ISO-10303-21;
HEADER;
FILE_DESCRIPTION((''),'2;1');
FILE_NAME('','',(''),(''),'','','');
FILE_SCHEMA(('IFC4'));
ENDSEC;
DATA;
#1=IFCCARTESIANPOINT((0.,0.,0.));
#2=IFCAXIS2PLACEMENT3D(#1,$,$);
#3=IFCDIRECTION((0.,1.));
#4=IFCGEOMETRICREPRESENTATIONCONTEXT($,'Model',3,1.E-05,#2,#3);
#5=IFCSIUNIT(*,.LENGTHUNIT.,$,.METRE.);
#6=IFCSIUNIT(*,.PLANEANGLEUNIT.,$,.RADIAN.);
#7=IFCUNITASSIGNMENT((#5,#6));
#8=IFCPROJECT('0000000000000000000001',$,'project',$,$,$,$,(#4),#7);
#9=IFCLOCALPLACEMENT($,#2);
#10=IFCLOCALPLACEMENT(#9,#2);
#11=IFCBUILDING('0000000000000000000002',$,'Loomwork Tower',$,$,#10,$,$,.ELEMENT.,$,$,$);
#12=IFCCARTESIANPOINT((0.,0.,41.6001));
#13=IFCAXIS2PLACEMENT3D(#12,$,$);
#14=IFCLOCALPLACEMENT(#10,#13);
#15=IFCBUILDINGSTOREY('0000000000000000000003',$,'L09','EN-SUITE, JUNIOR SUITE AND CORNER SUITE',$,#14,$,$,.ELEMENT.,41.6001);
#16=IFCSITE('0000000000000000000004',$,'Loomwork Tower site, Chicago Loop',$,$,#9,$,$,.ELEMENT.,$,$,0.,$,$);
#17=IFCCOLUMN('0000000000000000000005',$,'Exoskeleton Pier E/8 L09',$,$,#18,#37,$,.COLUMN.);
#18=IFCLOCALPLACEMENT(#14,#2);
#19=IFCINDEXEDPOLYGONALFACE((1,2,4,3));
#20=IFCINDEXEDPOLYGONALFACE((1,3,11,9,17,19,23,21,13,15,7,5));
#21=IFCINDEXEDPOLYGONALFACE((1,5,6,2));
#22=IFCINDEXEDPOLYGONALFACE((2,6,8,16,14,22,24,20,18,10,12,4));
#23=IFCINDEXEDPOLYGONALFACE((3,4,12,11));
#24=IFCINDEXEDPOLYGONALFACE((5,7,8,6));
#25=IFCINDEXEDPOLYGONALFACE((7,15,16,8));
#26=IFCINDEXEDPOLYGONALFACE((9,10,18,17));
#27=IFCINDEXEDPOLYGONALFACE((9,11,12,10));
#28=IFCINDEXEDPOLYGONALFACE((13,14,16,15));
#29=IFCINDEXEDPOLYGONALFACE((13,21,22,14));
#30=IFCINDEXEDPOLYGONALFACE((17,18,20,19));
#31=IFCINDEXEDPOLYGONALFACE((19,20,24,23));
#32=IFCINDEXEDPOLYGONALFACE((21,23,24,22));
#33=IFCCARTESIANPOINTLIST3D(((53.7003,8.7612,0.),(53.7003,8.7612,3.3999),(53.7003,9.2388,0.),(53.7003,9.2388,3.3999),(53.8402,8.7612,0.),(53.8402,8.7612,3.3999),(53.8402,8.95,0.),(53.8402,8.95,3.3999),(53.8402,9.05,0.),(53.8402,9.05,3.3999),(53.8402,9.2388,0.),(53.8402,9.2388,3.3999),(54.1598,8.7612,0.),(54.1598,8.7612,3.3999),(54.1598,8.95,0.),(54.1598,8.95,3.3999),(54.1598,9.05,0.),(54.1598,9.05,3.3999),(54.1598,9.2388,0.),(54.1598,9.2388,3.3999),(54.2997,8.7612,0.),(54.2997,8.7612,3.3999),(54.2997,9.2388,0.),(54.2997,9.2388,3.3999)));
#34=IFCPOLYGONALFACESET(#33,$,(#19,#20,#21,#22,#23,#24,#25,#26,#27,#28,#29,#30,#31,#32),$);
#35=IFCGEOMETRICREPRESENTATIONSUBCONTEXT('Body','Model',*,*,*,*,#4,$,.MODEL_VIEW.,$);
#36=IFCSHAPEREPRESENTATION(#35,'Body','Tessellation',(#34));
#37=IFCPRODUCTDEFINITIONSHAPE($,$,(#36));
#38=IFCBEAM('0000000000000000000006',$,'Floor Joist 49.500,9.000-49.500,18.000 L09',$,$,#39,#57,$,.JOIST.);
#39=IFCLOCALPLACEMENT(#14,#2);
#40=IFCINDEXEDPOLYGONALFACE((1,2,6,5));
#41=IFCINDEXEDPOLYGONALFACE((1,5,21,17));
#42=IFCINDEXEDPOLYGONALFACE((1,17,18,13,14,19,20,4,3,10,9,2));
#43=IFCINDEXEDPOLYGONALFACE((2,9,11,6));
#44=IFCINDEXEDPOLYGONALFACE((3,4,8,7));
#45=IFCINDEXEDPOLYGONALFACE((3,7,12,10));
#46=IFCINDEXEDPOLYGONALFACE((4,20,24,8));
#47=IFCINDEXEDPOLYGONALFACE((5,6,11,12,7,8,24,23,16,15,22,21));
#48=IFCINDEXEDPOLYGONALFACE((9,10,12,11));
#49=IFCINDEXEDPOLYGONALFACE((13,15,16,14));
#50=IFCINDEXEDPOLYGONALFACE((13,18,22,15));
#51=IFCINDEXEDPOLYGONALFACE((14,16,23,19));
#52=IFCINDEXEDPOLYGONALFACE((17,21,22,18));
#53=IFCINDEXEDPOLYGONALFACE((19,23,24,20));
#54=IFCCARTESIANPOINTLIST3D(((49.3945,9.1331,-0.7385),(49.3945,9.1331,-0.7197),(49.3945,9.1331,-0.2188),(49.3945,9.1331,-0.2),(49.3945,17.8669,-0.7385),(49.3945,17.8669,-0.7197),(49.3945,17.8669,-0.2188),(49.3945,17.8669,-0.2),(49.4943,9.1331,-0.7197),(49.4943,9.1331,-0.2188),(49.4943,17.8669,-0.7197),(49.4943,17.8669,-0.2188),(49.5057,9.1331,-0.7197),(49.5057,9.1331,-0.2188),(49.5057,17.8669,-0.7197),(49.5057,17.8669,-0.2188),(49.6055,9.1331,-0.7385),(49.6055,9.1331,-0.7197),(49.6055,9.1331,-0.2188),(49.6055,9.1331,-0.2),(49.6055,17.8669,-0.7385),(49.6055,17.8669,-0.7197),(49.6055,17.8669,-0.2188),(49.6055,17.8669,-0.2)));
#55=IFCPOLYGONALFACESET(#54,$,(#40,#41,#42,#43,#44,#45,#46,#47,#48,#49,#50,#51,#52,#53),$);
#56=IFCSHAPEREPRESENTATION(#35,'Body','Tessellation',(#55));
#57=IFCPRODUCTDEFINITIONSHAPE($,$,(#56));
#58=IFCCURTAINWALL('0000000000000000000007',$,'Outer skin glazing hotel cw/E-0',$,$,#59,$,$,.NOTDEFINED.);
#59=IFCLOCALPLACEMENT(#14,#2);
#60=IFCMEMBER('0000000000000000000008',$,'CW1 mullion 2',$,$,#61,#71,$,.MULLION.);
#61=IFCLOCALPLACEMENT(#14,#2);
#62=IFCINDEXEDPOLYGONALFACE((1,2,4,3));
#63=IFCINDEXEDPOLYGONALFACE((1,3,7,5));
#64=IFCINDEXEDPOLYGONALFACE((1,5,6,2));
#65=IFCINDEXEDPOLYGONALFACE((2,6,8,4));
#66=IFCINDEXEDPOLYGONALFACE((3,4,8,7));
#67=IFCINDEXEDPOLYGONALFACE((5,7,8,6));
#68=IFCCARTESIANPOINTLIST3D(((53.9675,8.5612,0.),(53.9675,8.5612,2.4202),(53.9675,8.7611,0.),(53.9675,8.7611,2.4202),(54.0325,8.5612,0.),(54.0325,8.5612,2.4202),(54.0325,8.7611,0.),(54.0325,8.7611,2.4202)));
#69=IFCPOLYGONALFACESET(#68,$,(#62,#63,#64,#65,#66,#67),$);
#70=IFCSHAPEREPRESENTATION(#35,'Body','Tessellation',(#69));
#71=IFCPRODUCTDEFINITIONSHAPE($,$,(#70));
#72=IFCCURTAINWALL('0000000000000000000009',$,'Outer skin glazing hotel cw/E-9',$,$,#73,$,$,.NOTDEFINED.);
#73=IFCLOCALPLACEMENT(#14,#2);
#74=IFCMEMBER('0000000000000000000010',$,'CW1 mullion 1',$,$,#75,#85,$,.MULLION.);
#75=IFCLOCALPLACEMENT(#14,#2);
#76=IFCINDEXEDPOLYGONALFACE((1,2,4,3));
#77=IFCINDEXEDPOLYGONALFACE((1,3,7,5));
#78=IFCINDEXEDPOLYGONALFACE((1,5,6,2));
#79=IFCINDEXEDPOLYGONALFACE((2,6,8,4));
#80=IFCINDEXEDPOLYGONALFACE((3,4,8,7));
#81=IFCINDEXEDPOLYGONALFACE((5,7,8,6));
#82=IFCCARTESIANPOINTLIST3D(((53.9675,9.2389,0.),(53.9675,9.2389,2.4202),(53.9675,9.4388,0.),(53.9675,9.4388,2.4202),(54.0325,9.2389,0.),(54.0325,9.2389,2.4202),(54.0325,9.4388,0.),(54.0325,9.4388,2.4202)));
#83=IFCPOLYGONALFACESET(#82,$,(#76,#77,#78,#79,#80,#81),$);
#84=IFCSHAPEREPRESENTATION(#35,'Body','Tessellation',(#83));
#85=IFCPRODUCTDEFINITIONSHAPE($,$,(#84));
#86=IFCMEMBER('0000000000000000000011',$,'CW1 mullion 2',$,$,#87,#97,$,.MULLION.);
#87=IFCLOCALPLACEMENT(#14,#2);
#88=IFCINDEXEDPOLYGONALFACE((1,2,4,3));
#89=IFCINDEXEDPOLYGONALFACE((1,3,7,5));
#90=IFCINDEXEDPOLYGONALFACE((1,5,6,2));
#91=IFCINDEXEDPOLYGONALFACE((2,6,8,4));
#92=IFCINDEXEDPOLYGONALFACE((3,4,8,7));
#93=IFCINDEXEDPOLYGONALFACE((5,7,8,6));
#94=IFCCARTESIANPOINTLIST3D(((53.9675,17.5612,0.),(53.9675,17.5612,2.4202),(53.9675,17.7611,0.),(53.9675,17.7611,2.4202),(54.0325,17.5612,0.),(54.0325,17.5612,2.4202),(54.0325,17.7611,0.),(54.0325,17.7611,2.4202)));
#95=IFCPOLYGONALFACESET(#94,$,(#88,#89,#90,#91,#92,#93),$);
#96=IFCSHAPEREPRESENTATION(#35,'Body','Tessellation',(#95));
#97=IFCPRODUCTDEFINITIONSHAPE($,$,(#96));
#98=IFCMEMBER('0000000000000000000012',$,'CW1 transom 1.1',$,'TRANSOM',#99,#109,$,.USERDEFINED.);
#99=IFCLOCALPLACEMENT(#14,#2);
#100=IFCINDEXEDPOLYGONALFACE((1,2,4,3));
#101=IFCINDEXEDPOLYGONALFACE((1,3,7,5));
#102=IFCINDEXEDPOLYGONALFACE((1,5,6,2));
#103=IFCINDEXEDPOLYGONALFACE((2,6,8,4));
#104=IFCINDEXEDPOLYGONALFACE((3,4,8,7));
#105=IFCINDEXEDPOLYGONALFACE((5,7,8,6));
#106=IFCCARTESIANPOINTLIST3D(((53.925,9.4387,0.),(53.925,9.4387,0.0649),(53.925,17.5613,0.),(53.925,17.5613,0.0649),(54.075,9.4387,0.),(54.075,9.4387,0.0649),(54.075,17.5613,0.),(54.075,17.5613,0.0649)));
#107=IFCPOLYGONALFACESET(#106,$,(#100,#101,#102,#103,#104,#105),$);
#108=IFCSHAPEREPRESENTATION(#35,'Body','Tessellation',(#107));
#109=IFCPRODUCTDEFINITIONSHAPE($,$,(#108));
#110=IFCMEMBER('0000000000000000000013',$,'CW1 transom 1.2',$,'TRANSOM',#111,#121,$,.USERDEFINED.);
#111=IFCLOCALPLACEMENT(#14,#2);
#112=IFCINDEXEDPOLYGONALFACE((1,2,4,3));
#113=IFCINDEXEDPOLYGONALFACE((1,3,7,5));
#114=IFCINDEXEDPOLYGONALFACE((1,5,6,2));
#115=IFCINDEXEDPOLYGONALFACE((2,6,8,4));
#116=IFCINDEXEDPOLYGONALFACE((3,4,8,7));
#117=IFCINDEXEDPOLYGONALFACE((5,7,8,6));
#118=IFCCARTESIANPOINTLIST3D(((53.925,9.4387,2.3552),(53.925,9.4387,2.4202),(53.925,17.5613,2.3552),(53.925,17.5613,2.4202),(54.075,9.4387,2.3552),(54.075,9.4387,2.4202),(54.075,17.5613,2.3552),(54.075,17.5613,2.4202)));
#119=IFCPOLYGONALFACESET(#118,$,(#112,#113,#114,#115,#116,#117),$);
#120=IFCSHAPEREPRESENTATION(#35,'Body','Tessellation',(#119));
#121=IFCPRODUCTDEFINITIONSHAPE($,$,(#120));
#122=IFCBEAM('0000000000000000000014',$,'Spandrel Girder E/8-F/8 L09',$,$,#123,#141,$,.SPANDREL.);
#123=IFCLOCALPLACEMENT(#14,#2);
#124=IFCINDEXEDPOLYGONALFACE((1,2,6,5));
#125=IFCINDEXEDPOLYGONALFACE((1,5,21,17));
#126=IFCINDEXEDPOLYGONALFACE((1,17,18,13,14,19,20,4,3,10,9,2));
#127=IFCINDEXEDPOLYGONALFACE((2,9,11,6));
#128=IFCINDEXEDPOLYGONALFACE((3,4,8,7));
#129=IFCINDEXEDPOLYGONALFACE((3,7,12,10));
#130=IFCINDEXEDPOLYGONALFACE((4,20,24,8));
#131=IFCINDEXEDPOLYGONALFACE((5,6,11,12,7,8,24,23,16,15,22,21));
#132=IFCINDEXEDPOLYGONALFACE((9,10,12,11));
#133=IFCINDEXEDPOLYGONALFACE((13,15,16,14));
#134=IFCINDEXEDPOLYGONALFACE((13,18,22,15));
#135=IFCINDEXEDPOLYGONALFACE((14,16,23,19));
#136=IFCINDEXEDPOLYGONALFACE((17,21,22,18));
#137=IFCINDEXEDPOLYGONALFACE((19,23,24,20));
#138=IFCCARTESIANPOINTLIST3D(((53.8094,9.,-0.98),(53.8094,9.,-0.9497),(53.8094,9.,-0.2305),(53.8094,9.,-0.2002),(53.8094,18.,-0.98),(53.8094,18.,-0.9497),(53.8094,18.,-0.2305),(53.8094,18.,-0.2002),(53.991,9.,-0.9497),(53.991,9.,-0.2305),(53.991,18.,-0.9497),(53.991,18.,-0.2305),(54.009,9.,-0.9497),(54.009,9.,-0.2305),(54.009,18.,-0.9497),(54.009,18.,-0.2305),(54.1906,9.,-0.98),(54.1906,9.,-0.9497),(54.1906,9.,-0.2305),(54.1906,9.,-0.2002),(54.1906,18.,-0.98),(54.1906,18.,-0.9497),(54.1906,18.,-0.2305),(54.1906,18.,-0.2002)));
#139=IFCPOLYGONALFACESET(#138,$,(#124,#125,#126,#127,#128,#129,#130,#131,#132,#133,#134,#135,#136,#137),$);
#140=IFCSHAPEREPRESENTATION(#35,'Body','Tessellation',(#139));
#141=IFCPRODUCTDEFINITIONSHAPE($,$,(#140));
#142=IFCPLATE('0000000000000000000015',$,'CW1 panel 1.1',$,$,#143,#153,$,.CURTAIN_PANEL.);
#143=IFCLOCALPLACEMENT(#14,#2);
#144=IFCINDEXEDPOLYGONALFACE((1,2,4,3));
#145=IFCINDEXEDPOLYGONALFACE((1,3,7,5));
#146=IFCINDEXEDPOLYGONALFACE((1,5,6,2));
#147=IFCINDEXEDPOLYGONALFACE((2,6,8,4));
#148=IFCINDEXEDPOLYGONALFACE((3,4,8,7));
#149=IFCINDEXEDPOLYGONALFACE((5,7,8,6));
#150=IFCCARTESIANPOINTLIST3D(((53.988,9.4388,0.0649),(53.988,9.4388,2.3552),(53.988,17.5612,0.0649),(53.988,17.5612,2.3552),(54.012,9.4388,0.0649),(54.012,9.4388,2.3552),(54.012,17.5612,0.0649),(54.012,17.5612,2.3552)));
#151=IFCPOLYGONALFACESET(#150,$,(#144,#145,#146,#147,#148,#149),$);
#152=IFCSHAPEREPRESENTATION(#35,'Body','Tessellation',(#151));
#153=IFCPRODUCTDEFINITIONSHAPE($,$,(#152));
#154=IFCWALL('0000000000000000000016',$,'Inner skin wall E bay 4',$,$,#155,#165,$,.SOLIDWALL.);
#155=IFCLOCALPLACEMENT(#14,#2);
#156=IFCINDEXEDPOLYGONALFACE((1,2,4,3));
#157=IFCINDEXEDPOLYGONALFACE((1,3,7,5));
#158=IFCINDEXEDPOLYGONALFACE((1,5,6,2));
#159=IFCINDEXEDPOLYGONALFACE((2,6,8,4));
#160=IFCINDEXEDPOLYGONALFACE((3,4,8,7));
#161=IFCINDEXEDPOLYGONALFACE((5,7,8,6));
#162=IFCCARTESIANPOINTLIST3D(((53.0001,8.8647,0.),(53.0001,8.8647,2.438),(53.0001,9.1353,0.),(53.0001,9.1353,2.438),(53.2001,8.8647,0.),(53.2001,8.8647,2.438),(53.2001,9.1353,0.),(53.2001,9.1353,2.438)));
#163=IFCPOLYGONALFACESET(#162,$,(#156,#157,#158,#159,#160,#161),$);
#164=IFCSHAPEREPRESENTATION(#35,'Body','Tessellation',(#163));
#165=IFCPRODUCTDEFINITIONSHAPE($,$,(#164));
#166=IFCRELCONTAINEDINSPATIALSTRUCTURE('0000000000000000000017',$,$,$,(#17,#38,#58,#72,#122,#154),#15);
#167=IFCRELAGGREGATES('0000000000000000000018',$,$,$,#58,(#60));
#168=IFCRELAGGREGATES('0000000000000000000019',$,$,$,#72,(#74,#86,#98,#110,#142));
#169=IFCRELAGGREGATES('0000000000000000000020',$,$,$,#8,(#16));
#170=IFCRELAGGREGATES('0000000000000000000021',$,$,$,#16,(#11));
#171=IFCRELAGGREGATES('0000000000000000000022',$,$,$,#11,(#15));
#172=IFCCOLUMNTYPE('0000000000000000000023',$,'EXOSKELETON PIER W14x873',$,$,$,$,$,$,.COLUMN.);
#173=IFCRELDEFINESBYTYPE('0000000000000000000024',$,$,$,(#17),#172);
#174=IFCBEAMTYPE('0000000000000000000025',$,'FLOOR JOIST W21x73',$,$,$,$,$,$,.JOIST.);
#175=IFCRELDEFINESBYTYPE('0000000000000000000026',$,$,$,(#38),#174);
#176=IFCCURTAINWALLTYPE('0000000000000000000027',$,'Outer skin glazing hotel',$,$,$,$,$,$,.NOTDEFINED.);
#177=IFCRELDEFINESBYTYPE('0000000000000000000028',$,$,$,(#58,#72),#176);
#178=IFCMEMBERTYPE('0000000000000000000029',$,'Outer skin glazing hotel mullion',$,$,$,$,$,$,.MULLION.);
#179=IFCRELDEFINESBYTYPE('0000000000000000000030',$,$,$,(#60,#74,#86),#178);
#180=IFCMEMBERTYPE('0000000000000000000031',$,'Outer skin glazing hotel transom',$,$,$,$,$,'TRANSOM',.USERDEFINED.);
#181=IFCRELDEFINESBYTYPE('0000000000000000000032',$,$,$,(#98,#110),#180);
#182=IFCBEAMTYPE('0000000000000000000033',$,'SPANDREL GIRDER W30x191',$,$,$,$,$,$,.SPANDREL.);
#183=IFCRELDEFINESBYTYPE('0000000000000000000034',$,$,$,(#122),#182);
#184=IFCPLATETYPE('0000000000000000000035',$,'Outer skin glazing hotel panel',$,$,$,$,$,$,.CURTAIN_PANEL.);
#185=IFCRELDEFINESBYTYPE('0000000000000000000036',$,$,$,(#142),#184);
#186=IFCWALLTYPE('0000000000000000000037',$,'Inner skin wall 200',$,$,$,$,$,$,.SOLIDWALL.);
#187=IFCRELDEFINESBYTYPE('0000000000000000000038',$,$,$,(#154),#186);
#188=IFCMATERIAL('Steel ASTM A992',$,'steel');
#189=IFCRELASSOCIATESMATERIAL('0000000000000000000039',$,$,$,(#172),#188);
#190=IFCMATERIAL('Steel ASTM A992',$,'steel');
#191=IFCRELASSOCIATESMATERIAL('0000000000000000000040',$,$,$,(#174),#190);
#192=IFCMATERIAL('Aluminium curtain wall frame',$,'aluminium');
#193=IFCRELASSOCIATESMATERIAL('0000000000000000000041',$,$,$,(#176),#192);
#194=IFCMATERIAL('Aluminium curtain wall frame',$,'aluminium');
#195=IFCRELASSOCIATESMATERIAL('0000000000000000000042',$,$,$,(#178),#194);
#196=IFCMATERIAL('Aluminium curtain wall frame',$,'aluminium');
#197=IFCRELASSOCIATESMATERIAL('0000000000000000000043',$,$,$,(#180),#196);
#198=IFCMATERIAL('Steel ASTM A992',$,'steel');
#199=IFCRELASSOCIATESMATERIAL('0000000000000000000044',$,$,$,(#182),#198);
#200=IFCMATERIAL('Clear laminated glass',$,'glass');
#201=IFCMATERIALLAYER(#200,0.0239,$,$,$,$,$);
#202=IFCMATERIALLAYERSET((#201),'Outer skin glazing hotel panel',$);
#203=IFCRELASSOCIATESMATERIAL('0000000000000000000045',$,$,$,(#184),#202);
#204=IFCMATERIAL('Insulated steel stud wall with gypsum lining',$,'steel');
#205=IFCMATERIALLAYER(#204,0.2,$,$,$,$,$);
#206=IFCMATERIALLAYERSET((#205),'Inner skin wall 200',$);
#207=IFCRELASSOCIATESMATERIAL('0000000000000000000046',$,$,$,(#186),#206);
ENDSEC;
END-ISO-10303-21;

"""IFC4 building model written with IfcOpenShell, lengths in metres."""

from ifc_helpers import new_model, si_unit, direction, frame, frame_2d, origin, origin_2d, place, context, subcontext, project, spatial, rectangle, i_section, extrude, material, layer, layer_set, material_profile, profile_set, type_object, element, aggregate, save


model = new_model("IFC4")

# Units and contexts
model_context = context("Model", 3, precision=1e-05, world=origin(), true_north=direction((0.0, 1.0)))
body_context = subcontext(model_context, "Body", "Model", "MODEL_VIEW")
ifc_project = project(units=[si_unit("LENGTHUNIT", "METRE"), si_unit("PLANEANGLEUNIT", "RADIAN")], contexts=[model_context])

# Site, building, storey
site_placement = place(None, origin())
site = spatial("IfcSite", under=ifc_project, at=site_placement, Name="Loomwork Tower site, Chicago Loop", CompositionType="ELEMENT", RefElevation=0.0)
building_placement = place(site_placement, origin())
building = spatial("IfcBuilding", under=site, at=building_placement, Name="Loomwork Tower", CompositionType="ELEMENT")
storey_placement = place(building_placement, frame((0.0, 0.0, 41.6001)))
storey = spatial("IfcBuildingStorey", under=building, at=storey_placement, Name="L09", Description="EN-SUITE, JUNIOR SUITE AND CORNER SUITE", CompositionType="ELEMENT", Elevation=41.6001)

# Column
ifc_material_1 = material(Name="Steel ASTM A992", Category="steel")
ifc_material_profile_1 = material_profile(ifc_material_1, i_section(OverallWidth=0.4775, OverallDepth=0.5994, WebThickness=0.1001, FlangeThickness=0.1399, at=origin_2d()), Name="W14x873")
ifc_profile_set_1 = profile_set([ifc_material_profile_1], Name="Steel ASTM A992")
column_type = type_object("IfcColumnType", Name="EXOSKELETON PIER W14x873", PredefinedType="COLUMN", material=ifc_profile_set_1)
column_placement = place(storey_placement, frame((54.0, 9.0, 0.0), z_axis=(0.0, 0.0, 1.0), x_axis=(0.0, 1.0, 0.0)))
element("IfcColumn", 1, at=column_placement, inside=storey, type_object=column_type, Name="Exoskeleton Pier E/8 L09", PredefinedType="COLUMN", context=body_context, shape_type="SweptSolid", body=[
    extrude(i_section(OverallWidth=0.4775, OverallDepth=0.5994, WebThickness=0.1001, FlangeThickness=0.1399, at=origin_2d()), origin(), (0.0, 0.0, 1.0), 3.3999),
])

# Beam
ifc_material_2 = material(Name="Steel ASTM A992", Category="steel")
ifc_material_profile_2 = material_profile(ifc_material_2, i_section(OverallWidth=0.2109, OverallDepth=0.5386, WebThickness=0.0115, FlangeThickness=0.0188, at=origin_2d()), Name="W21x73")
ifc_profile_set_2 = profile_set([ifc_material_profile_2], Name="Steel ASTM A992")
beam_type_1 = type_object("IfcBeamType", Name="FLOOR JOIST W21x73", PredefinedType="JOIST", material=ifc_profile_set_2)
beam_1_placement = place(storey_placement, frame((49.5, 9.1331, -0.4692), z_axis=(0.0, 1.0, 0.0), x_axis=(-1.0, 0.0, 0.0)))
element("IfcBeam", 2, at=beam_1_placement, inside=storey, type_object=beam_type_1, Name="Floor Joist 49.500,9.000-49.500,18.000 L09", PredefinedType="JOIST", context=body_context, shape_type="SweptSolid", body=[
    extrude(i_section(OverallWidth=0.2109, OverallDepth=0.5386, WebThickness=0.0115, FlangeThickness=0.0188, at=origin_2d()), origin(), (0.0, 0.0, 1.0), 8.7339),
])

# Curtain wall, member
ifc_material_3 = material(Name="Aluminium curtain wall frame", Category="aluminium")
curtain_wall_type = type_object("IfcCurtainWallType", Name="Outer skin glazing hotel", PredefinedType="NOTDEFINED", material=ifc_material_3)
curtain_wall_1_placement = place(storey_placement, origin())
curtain_wall_1 = element("IfcCurtainWall", 3, at=curtain_wall_1_placement, inside=storey, type_object=curtain_wall_type, Name="Outer skin glazing hotel cw/E-0", PredefinedType="NOTDEFINED")
ifc_material_4 = material(Name="Aluminium curtain wall frame", Category="aluminium")
ifc_material_profile_3 = material_profile(ifc_material_4, rectangle(XDim=0.0649, YDim=0.2, at=origin_2d()), Name="AL 65x200")
ifc_profile_set_3 = profile_set([ifc_material_profile_3], Name="Aluminium curtain wall frame")
member_type_1 = type_object("IfcMemberType", Name="Outer skin glazing hotel mullion", PredefinedType="MULLION", material=ifc_profile_set_3)
member_1_placement = place(storey_placement, frame((54.0, 8.6611, 0.0), z_axis=(0.0, 0.0, 1.0), x_axis=(-1.0, 0.0, 0.0)))
member_1 = element("IfcMember", 4, at=member_1_placement, type_object=member_type_1, Name="CW1 mullion 2", PredefinedType="MULLION", context=body_context, shape_type="SweptSolid", body=[
    extrude(rectangle(XDim=0.0649, YDim=0.2, at=origin_2d()), origin(), (0.0, 0.0, 1.0), 2.4202),
])
aggregate(curtain_wall_1, [member_1])

# Curtain wall, members
curtain_wall_2_placement = place(storey_placement, origin())
curtain_wall_2 = element("IfcCurtainWall", 5, at=curtain_wall_2_placement, inside=storey, type_object=curtain_wall_type, Name="Outer skin glazing hotel cw/E-9", PredefinedType="NOTDEFINED")
member_2_placement = place(storey_placement, frame((54.0, 9.3389, 0.0), z_axis=(0.0, 0.0, 1.0), x_axis=(-1.0, 0.0, 0.0)))
member_2 = element("IfcMember", 6, at=member_2_placement, type_object=member_type_1, Name="CW1 mullion 1", PredefinedType="MULLION", context=body_context, shape_type="SweptSolid", body=[
    extrude(rectangle(XDim=0.0649, YDim=0.2, at=origin_2d()), origin(), (0.0, 0.0, 1.0), 2.4202),
])
member_3_placement = place(storey_placement, frame((54.0, 17.6611, 0.0), z_axis=(0.0, 0.0, 1.0), x_axis=(-1.0, 0.0, 0.0)))
member_3 = element("IfcMember", 7, at=member_3_placement, type_object=member_type_1, Name="CW1 mullion 2", PredefinedType="MULLION", context=body_context, shape_type="SweptSolid", body=[
    extrude(rectangle(XDim=0.0649, YDim=0.2, at=origin_2d()), origin(), (0.0, 0.0, 1.0), 2.4202),
])
ifc_material_5 = material(Name="Aluminium curtain wall frame", Category="aluminium")
ifc_material_profile_4 = material_profile(ifc_material_5, rectangle(XDim=0.1499, YDim=0.0649, at=origin_2d()), Name="AL 65x150")
ifc_profile_set_4 = profile_set([ifc_material_profile_4], Name="Aluminium curtain wall frame")
member_type_2 = type_object("IfcMemberType", Name="Outer skin glazing hotel transom", ElementType="TRANSOM", PredefinedType="USERDEFINED", material=ifc_profile_set_4)
member_4_placement = place(storey_placement, frame((54.0, 9.4387, 0.0325), z_axis=(0.0, 1.0, 0.0), x_axis=(-1.0, 0.0, 0.0)))
member_4 = element("IfcMember", 8, at=member_4_placement, type_object=member_type_2, Name="CW1 transom 1.1", ObjectType="TRANSOM", PredefinedType="USERDEFINED", context=body_context, shape_type="SweptSolid", body=[
    extrude(rectangle(XDim=0.1499, YDim=0.0649, at=origin_2d()), origin(), (0.0, 0.0, 1.0), 8.1226),
])
member_5_placement = place(storey_placement, frame((54.0, 9.4387, 2.3877), z_axis=(0.0, 1.0, 0.0), x_axis=(-1.0, 0.0, 0.0)))
member_5 = element("IfcMember", 9, at=member_5_placement, type_object=member_type_2, Name="CW1 transom 1.2", ObjectType="TRANSOM", PredefinedType="USERDEFINED", context=body_context, shape_type="SweptSolid", body=[
    extrude(rectangle(XDim=0.1499, YDim=0.0649, at=origin_2d()), origin(), (0.0, 0.0, 1.0), 8.1226),
])

# Beam
ifc_material_6 = material(Name="Steel ASTM A992", Category="steel")
ifc_material_profile_5 = material_profile(ifc_material_6, i_section(OverallWidth=0.3811, OverallDepth=0.7798, WebThickness=0.0181, FlangeThickness=0.0303, at=origin_2d()), Name="W30x191")
ifc_profile_set_5 = profile_set([ifc_material_profile_5], Name="Steel ASTM A992")
beam_type_2 = type_object("IfcBeamType", Name="SPANDREL GIRDER W30x191", PredefinedType="SPANDREL", material=ifc_profile_set_5)
beam_2_placement = place(storey_placement, frame((54.0, 9.0, -0.5901), z_axis=(0.0, 1.0, 0.0), x_axis=(-1.0, 0.0, 0.0)))
element("IfcBeam", 10, at=beam_2_placement, inside=storey, type_object=beam_type_2, Name="Spandrel Girder E/8-F/8 L09", PredefinedType="SPANDREL", context=body_context, shape_type="SweptSolid", body=[
    extrude(i_section(OverallWidth=0.3811, OverallDepth=0.7798, WebThickness=0.0181, FlangeThickness=0.0303, at=origin_2d()), origin(), (0.0, 0.0, 1.0), 9.0),
])

# Plate
ifc_material_7 = material(Name="Clear laminated glass", Category="glass")
ifc_layer_1 = layer(ifc_material_7, 0.0239)
ifc_layer_set_1 = layer_set([ifc_layer_1], Name="Outer skin glazing hotel panel")
plate_type = type_object("IfcPlateType", Name="Outer skin glazing hotel panel", PredefinedType="CURTAIN_PANEL", material=ifc_layer_set_1)
plate_placement = place(storey_placement, frame((54.0, 13.5, 0.0649), z_axis=(0.0, 0.0, 1.0), x_axis=(0.0, 1.0, 0.0)))
plate = element("IfcPlate", 11, at=plate_placement, type_object=plate_type, Name="CW1 panel 1.1", PredefinedType="CURTAIN_PANEL", context=body_context, shape_type="SweptSolid", body=[
    extrude(rectangle(XDim=8.1223, YDim=0.0239, at=origin_2d()), origin(), (0.0, 0.0, 1.0), 2.2903),
])
aggregate(curtain_wall_2, [member_2, member_3, member_4, member_5, plate])

# Wall
ifc_material_8 = material(Name="Insulated steel stud wall with gypsum lining", Category="steel")
ifc_layer_2 = layer(ifc_material_8, 0.2)
ifc_layer_set_2 = layer_set([ifc_layer_2], Name="Inner skin wall 200")
wall_type = type_object("IfcWallType", Name="Inner skin wall 200", PredefinedType="SOLIDWALL", material=ifc_layer_set_2)
wall_1_placement = place(storey_placement, frame((53.1001, 8.8647, 0.0), z_axis=(0.0, 0.0, 1.0), x_axis=(0.0, 1.0, 0.0)))
element("IfcWall", 12, at=wall_1_placement, inside=storey, type_object=wall_type, Name="Inner skin wall E bay 4", PredefinedType="SOLIDWALL", context=body_context, shape_type="SweptSolid", body=[
    extrude(rectangle(XDim=0.2705, YDim=0.2, at=frame_2d((0.1353, 0.0))), origin(), (0.0, 0.0, 1.0), 2.438),
])

save(model, "model.ifc")
